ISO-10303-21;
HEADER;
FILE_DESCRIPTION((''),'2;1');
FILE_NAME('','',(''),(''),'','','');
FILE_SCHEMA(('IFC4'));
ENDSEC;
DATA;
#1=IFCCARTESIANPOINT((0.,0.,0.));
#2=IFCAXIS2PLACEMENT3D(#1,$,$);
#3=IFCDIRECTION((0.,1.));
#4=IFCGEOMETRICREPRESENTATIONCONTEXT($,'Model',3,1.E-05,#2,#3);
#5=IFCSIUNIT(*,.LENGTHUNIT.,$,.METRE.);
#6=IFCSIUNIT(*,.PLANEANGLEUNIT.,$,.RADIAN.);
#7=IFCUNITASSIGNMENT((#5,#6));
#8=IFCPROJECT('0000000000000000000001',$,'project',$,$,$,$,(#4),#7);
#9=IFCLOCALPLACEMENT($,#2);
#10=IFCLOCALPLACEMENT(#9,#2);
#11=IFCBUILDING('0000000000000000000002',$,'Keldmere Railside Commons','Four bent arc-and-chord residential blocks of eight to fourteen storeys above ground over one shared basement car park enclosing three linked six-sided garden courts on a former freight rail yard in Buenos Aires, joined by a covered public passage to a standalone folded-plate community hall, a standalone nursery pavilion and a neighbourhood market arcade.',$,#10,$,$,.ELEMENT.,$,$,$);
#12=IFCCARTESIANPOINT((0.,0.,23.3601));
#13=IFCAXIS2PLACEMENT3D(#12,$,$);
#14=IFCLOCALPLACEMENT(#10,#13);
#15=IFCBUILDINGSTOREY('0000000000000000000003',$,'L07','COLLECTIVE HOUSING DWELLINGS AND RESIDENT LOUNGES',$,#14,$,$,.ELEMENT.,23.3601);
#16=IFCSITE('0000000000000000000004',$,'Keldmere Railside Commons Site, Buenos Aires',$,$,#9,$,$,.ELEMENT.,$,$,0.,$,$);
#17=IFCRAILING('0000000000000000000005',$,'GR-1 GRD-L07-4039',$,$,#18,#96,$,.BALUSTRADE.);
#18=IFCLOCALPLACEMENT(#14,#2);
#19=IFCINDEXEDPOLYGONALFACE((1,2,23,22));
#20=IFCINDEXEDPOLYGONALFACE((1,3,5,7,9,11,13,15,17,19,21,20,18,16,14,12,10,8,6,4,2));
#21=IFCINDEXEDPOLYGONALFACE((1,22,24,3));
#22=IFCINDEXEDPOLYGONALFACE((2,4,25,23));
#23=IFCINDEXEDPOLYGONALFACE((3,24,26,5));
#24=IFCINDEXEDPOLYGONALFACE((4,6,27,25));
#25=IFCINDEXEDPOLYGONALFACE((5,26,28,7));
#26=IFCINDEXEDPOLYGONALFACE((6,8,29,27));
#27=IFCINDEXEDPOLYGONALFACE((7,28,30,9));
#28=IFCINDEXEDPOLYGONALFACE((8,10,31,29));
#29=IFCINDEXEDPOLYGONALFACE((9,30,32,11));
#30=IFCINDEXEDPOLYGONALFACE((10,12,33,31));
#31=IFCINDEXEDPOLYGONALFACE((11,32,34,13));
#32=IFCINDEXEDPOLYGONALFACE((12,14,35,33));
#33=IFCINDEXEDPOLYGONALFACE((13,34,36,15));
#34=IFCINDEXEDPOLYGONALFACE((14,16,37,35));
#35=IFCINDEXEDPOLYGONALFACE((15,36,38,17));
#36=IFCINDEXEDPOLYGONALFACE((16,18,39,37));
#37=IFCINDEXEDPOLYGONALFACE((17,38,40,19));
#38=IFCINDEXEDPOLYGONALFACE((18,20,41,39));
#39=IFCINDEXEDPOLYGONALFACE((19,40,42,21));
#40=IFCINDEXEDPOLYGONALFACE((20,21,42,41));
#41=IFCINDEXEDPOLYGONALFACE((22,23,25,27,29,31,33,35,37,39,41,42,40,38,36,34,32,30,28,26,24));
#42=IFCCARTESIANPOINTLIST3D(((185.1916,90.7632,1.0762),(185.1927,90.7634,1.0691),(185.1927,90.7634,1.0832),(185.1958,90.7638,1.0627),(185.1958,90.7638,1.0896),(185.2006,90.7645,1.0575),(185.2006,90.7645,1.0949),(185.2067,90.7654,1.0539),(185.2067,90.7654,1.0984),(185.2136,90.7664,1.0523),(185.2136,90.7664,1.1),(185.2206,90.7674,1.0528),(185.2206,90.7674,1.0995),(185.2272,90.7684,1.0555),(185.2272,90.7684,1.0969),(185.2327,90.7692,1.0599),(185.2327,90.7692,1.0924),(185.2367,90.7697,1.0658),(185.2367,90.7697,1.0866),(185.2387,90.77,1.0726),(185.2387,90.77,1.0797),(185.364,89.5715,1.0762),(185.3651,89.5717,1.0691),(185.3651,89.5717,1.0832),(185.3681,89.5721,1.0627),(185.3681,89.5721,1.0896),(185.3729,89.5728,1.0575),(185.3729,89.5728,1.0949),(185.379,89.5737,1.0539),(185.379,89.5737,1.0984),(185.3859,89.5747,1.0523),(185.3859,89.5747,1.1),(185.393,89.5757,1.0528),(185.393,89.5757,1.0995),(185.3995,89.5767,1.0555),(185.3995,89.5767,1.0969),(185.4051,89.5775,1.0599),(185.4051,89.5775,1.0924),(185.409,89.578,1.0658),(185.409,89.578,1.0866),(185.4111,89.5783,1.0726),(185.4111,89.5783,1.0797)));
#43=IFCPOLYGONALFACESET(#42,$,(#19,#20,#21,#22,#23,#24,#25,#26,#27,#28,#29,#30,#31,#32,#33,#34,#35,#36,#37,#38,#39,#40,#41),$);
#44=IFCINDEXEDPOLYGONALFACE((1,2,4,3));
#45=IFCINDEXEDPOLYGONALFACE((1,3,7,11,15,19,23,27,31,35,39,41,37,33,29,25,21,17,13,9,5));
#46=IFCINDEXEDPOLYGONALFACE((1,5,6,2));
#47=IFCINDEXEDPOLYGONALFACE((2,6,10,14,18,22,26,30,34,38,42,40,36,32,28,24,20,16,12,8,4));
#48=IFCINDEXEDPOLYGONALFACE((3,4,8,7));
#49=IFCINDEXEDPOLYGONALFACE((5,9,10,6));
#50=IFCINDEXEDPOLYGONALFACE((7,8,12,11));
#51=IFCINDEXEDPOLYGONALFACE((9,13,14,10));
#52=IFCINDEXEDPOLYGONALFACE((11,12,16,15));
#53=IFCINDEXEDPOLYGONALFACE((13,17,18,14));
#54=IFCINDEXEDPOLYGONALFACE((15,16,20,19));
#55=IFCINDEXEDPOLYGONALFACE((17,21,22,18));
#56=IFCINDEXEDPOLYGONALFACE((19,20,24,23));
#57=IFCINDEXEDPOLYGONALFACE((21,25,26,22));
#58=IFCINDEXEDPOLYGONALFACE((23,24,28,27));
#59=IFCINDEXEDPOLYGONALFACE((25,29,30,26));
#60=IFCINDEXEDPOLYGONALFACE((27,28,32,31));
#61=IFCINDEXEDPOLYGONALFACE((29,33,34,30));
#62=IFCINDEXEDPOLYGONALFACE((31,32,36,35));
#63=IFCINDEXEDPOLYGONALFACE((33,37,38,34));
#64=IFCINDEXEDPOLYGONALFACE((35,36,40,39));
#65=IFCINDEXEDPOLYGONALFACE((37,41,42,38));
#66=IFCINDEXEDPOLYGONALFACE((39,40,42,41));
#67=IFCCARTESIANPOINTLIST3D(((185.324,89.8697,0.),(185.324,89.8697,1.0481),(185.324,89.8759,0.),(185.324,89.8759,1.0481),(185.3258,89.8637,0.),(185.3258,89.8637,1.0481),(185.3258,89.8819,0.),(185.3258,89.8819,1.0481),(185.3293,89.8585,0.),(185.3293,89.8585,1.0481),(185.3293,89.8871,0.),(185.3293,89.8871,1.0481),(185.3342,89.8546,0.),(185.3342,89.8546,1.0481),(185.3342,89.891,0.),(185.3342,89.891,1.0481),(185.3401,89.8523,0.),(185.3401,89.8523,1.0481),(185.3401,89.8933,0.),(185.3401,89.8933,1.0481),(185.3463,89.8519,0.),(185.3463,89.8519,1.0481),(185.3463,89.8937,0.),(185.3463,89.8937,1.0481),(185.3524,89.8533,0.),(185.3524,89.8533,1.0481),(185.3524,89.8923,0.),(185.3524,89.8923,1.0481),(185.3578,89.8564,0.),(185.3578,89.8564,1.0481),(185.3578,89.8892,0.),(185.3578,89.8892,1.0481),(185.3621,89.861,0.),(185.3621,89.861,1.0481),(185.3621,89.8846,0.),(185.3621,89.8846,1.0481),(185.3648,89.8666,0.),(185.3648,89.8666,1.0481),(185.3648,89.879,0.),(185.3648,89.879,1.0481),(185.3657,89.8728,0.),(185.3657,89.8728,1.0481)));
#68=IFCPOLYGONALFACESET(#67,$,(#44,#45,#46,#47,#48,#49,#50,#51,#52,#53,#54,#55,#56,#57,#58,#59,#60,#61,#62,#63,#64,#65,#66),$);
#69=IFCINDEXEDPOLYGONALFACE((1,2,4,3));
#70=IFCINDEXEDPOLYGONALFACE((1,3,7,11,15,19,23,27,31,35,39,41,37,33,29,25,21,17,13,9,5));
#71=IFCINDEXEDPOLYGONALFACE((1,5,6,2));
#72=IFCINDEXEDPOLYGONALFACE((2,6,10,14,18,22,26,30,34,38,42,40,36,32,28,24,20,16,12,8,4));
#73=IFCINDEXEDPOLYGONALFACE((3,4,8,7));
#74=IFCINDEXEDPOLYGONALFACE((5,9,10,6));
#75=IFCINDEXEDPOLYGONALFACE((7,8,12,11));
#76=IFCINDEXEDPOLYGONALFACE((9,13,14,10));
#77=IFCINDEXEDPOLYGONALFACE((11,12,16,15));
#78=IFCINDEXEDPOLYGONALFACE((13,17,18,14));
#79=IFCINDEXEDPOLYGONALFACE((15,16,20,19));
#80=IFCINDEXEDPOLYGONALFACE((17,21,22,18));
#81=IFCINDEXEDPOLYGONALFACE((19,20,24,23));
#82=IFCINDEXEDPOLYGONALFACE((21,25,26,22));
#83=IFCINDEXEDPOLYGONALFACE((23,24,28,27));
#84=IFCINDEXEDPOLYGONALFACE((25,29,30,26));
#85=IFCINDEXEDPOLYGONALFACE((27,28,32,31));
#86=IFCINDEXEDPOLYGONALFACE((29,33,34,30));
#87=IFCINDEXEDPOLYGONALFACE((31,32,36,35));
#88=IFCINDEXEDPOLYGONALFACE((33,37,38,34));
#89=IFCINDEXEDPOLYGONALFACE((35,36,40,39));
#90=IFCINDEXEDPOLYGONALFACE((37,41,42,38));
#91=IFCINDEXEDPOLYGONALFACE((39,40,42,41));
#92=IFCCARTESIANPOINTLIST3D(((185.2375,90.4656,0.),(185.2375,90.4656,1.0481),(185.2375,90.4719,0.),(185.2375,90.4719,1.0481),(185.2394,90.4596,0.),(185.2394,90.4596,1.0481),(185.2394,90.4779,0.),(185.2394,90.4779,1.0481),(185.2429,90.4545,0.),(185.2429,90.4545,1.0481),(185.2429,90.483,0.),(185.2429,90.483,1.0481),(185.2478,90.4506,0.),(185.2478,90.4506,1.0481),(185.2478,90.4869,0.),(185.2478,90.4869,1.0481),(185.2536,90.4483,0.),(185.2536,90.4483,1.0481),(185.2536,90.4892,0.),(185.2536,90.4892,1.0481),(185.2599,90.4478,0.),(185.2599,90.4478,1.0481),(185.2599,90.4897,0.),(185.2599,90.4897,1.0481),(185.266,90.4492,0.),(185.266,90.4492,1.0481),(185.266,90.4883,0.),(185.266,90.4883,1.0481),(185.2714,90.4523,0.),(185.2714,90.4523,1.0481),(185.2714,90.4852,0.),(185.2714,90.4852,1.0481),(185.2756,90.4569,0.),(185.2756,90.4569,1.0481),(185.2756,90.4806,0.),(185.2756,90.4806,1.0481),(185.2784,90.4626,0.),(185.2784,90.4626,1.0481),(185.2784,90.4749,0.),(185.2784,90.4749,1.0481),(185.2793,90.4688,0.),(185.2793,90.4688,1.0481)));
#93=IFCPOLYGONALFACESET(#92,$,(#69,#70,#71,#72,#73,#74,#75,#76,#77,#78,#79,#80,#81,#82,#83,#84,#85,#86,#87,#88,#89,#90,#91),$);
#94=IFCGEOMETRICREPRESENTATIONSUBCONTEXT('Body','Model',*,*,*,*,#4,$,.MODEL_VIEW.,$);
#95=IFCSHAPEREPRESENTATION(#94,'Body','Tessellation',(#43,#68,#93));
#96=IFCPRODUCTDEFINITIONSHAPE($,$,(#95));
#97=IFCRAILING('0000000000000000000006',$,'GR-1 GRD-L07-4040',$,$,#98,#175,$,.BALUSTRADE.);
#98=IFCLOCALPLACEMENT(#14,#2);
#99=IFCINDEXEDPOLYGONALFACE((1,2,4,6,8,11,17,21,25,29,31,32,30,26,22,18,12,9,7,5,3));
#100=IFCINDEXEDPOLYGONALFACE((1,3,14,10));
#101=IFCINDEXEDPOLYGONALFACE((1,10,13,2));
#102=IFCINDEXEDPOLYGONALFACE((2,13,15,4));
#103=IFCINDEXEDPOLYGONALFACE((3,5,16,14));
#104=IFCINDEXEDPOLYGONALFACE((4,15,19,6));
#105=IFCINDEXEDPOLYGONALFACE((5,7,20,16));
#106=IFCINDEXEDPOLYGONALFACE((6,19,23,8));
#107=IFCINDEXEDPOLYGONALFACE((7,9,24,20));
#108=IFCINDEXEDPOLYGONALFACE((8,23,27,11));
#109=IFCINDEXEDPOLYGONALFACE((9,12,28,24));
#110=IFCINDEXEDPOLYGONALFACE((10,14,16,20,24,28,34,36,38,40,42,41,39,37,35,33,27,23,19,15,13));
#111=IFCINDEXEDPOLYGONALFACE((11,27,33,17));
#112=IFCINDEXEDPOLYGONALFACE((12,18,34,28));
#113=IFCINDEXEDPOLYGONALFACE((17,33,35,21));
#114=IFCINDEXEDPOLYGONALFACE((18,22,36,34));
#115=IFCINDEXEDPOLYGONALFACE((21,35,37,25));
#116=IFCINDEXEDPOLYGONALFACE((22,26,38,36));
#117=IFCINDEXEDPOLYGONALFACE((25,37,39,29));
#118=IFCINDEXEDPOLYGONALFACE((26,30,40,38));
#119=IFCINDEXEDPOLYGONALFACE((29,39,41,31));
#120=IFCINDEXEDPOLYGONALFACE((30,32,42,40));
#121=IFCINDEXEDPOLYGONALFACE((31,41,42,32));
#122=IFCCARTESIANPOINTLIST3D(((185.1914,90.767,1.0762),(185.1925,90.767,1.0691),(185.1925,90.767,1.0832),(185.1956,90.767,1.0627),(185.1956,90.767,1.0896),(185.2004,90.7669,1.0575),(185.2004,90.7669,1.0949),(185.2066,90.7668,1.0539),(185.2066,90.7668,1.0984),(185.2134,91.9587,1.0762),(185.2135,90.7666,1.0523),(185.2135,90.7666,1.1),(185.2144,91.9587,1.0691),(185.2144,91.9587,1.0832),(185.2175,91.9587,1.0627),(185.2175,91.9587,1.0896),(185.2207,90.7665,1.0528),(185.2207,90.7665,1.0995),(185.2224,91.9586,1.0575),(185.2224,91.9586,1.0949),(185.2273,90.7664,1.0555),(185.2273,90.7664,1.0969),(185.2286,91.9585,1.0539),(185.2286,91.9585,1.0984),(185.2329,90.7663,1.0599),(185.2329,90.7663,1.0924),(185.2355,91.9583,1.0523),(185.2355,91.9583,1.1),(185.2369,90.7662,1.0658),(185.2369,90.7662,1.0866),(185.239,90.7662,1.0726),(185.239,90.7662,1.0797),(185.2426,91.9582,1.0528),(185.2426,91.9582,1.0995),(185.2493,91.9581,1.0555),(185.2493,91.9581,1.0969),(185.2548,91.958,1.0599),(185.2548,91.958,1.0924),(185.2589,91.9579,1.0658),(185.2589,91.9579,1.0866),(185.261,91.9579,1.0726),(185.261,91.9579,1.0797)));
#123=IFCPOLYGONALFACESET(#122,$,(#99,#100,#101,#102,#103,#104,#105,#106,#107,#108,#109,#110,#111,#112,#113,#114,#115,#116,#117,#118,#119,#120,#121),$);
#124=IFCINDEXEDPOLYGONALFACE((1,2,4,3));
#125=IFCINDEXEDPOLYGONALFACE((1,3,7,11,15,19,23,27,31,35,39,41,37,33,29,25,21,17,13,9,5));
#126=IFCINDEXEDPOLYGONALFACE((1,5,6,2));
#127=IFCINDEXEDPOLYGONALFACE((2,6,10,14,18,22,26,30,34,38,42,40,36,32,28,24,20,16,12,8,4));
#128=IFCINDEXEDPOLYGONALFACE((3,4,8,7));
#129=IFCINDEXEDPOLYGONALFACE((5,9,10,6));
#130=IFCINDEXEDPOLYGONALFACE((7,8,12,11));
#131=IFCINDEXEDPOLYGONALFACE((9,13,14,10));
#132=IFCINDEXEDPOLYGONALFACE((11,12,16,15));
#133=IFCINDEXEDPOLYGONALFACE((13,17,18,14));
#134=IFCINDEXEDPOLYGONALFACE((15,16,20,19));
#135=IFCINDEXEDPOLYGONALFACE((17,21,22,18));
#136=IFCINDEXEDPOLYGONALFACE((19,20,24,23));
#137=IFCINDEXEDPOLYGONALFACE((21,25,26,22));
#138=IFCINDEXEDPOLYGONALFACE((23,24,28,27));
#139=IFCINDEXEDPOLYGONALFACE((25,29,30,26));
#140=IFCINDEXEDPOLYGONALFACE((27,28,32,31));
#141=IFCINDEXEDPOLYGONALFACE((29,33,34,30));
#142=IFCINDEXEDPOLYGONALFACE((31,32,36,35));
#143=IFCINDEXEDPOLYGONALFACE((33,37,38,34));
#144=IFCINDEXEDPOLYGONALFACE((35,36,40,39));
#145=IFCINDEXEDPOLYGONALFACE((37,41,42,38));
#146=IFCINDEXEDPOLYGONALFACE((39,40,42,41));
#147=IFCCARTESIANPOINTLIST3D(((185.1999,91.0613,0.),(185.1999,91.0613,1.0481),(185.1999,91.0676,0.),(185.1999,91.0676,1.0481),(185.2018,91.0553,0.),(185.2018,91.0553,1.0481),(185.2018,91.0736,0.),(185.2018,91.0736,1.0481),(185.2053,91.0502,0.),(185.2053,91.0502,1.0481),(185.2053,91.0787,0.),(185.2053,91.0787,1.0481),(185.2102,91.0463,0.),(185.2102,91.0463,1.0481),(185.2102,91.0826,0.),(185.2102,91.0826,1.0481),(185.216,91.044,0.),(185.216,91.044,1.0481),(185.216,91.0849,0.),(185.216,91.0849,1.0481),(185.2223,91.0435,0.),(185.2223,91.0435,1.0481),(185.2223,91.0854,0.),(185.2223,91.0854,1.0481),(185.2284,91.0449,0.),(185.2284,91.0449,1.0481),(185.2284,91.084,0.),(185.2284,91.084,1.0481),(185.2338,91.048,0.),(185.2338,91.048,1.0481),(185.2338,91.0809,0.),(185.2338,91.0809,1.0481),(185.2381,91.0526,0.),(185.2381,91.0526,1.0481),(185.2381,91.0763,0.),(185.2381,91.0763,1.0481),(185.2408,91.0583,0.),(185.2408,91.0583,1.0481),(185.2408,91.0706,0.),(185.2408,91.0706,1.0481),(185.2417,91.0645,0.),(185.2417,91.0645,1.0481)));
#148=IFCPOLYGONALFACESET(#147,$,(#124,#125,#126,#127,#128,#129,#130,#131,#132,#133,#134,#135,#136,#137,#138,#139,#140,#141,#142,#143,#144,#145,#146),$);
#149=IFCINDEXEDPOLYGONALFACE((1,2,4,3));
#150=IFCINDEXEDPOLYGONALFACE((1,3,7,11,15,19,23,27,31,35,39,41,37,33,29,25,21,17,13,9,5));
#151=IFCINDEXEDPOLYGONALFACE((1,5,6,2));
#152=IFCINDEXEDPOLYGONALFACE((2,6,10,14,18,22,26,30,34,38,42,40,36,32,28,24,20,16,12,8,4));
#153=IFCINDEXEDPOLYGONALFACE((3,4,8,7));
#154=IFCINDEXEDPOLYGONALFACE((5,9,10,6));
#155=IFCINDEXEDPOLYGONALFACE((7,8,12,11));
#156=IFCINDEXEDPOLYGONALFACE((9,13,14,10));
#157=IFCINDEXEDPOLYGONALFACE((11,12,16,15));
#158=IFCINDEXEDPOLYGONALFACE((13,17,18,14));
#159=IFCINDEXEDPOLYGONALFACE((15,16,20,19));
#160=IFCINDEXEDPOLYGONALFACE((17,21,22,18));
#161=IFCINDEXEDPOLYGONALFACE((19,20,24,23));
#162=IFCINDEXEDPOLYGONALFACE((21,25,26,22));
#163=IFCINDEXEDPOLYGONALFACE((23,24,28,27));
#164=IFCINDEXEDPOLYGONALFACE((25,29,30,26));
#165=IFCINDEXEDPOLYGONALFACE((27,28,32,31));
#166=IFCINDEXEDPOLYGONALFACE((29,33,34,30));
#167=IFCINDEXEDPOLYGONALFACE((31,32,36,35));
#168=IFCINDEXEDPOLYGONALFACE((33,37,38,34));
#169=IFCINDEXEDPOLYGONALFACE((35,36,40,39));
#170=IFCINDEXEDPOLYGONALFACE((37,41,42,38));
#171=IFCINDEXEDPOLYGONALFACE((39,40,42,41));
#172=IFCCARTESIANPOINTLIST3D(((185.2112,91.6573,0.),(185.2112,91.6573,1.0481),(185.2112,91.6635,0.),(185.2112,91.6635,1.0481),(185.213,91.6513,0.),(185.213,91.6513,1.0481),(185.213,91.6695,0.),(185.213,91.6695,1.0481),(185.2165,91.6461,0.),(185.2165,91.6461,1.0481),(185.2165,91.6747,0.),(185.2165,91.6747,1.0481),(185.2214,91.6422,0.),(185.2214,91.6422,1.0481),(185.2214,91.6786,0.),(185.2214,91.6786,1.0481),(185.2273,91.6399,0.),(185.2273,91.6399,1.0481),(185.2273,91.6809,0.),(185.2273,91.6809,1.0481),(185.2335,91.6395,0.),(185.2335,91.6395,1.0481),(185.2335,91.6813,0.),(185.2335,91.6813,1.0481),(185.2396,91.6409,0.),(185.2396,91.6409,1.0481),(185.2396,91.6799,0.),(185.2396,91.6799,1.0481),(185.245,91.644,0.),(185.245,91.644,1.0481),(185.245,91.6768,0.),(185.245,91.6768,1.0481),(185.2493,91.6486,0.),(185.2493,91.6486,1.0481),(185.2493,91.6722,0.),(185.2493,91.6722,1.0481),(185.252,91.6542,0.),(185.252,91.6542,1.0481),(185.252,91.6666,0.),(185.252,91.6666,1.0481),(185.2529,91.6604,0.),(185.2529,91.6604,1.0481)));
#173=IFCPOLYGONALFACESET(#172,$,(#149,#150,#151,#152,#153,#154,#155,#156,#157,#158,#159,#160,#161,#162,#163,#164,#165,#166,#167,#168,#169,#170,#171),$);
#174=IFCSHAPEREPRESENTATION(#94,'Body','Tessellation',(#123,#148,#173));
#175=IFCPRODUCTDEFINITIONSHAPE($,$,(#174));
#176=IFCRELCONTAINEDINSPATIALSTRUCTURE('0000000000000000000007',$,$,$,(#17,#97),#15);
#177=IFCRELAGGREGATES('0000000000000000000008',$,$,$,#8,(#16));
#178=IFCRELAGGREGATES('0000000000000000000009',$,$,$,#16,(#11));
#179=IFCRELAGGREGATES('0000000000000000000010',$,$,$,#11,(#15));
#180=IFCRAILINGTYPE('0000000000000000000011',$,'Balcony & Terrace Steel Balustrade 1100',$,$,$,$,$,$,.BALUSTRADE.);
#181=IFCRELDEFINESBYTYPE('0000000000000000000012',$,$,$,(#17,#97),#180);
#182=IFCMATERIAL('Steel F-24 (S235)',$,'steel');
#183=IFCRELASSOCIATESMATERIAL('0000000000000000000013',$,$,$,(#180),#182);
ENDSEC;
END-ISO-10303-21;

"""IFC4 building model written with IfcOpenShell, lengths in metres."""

from ifc_helpers import new_model, si_unit, direction, frame, origin, origin_2d, place, context, subcontext, project, spatial, circle, extrude, material, type_object, element, save


model = new_model("IFC4")

# Units and contexts
model_context = context("Model", 3, precision=1e-05, world=origin(), true_north=direction((0.0, 1.0)))
body_context = subcontext(model_context, "Body", "Model", "MODEL_VIEW")
ifc_project = project(units=[si_unit("LENGTHUNIT", "METRE"), si_unit("PLANEANGLEUNIT", "RADIAN")], contexts=[model_context])

# Site, building, storey
site_placement = place(None, origin())
site = spatial("IfcSite", under=ifc_project, at=site_placement, Name="Keldmere Railside Commons Site, Buenos Aires", CompositionType="ELEMENT", RefElevation=0.0)
building_placement = place(site_placement, origin())
building = spatial("IfcBuilding", under=site, at=building_placement, Name="Keldmere Railside Commons", Description="Four bent arc-and-chord residential blocks of eight to fourteen storeys above ground over one shared basement car park enclosing three linked six-sided garden courts on a former freight rail yard in Buenos Aires, joined by a covered public passage to a standalone folded-plate community hall, a standalone nursery pavilion and a neighbourhood market arcade.", CompositionType="ELEMENT")
storey_placement = place(building_placement, frame((0.0, 0.0, 23.3601)))
storey = spatial("IfcBuildingStorey", under=building, at=storey_placement, Name="L07", Description="COLLECTIVE HOUSING DWELLINGS AND RESIDENT LOUNGES", CompositionType="ELEMENT", Elevation=23.3601)

# Railings
ifc_material_1 = material(Name="Steel F-24 (S235)", Category="steel")
railing_type = type_object("IfcRailingType", Name="Balcony & Terrace Steel Balustrade 1100", PredefinedType="BALUSTRADE", material=ifc_material_1)
railing_1_placement = place(storey_placement, frame((185.3877, 89.575, 0.0)))
element("IfcRailing", 1, at=railing_1_placement, inside=storey, type_object=railing_type, Name="GR-1 GRD-L07-4039", PredefinedType="BALUSTRADE", context=body_context, shape_type="SweptSolid", body=[
    extrude(circle(Radius=0.0239, at=origin_2d()), frame((0.0, 0.0, 1.0762), z_axis=(-0.143153, 0.989701, 0.0), x_axis=(-0.989701, -0.143153, 0.0)), (0.0, 0.0, 1.0), 1.2041),
    extrude(circle(Radius=0.021, at=origin_2d()), frame((-0.043, 0.2979, 0.0)), (0.0, 0.0, 1.0), 1.0481),
    extrude(circle(Radius=0.021, at=origin_2d()), frame((-0.1294, 0.8938, 0.0)), (0.0, 0.0, 1.0), 1.0481),
])
railing_2_placement = place(storey_placement, frame((185.2153, 90.7666, 0.0)))
element("IfcRailing", 2, at=railing_2_placement, inside=storey, type_object=railing_type, Name="GR-1 GRD-L07-4040", PredefinedType="BALUSTRADE", context=body_context, shape_type="SweptSolid", body=[
    extrude(circle(Radius=0.0239, at=origin_2d()), frame((0.0, 0.0, 1.0762), z_axis=(0.018436, 0.99983, 0.0), x_axis=(-0.99983, 0.018436, 0.0)), (0.0, 0.0, 1.0), 1.1919),
    extrude(circle(Radius=0.021, at=origin_2d()), frame((0.0054, 0.2979, 0.0)), (0.0, 0.0, 1.0), 1.0481),
    extrude(circle(Radius=0.021, at=origin_2d()), frame((0.0166, 0.8938, 0.0)), (0.0, 0.0, 1.0), 1.0481),
])

save(model, "model.ifc")
